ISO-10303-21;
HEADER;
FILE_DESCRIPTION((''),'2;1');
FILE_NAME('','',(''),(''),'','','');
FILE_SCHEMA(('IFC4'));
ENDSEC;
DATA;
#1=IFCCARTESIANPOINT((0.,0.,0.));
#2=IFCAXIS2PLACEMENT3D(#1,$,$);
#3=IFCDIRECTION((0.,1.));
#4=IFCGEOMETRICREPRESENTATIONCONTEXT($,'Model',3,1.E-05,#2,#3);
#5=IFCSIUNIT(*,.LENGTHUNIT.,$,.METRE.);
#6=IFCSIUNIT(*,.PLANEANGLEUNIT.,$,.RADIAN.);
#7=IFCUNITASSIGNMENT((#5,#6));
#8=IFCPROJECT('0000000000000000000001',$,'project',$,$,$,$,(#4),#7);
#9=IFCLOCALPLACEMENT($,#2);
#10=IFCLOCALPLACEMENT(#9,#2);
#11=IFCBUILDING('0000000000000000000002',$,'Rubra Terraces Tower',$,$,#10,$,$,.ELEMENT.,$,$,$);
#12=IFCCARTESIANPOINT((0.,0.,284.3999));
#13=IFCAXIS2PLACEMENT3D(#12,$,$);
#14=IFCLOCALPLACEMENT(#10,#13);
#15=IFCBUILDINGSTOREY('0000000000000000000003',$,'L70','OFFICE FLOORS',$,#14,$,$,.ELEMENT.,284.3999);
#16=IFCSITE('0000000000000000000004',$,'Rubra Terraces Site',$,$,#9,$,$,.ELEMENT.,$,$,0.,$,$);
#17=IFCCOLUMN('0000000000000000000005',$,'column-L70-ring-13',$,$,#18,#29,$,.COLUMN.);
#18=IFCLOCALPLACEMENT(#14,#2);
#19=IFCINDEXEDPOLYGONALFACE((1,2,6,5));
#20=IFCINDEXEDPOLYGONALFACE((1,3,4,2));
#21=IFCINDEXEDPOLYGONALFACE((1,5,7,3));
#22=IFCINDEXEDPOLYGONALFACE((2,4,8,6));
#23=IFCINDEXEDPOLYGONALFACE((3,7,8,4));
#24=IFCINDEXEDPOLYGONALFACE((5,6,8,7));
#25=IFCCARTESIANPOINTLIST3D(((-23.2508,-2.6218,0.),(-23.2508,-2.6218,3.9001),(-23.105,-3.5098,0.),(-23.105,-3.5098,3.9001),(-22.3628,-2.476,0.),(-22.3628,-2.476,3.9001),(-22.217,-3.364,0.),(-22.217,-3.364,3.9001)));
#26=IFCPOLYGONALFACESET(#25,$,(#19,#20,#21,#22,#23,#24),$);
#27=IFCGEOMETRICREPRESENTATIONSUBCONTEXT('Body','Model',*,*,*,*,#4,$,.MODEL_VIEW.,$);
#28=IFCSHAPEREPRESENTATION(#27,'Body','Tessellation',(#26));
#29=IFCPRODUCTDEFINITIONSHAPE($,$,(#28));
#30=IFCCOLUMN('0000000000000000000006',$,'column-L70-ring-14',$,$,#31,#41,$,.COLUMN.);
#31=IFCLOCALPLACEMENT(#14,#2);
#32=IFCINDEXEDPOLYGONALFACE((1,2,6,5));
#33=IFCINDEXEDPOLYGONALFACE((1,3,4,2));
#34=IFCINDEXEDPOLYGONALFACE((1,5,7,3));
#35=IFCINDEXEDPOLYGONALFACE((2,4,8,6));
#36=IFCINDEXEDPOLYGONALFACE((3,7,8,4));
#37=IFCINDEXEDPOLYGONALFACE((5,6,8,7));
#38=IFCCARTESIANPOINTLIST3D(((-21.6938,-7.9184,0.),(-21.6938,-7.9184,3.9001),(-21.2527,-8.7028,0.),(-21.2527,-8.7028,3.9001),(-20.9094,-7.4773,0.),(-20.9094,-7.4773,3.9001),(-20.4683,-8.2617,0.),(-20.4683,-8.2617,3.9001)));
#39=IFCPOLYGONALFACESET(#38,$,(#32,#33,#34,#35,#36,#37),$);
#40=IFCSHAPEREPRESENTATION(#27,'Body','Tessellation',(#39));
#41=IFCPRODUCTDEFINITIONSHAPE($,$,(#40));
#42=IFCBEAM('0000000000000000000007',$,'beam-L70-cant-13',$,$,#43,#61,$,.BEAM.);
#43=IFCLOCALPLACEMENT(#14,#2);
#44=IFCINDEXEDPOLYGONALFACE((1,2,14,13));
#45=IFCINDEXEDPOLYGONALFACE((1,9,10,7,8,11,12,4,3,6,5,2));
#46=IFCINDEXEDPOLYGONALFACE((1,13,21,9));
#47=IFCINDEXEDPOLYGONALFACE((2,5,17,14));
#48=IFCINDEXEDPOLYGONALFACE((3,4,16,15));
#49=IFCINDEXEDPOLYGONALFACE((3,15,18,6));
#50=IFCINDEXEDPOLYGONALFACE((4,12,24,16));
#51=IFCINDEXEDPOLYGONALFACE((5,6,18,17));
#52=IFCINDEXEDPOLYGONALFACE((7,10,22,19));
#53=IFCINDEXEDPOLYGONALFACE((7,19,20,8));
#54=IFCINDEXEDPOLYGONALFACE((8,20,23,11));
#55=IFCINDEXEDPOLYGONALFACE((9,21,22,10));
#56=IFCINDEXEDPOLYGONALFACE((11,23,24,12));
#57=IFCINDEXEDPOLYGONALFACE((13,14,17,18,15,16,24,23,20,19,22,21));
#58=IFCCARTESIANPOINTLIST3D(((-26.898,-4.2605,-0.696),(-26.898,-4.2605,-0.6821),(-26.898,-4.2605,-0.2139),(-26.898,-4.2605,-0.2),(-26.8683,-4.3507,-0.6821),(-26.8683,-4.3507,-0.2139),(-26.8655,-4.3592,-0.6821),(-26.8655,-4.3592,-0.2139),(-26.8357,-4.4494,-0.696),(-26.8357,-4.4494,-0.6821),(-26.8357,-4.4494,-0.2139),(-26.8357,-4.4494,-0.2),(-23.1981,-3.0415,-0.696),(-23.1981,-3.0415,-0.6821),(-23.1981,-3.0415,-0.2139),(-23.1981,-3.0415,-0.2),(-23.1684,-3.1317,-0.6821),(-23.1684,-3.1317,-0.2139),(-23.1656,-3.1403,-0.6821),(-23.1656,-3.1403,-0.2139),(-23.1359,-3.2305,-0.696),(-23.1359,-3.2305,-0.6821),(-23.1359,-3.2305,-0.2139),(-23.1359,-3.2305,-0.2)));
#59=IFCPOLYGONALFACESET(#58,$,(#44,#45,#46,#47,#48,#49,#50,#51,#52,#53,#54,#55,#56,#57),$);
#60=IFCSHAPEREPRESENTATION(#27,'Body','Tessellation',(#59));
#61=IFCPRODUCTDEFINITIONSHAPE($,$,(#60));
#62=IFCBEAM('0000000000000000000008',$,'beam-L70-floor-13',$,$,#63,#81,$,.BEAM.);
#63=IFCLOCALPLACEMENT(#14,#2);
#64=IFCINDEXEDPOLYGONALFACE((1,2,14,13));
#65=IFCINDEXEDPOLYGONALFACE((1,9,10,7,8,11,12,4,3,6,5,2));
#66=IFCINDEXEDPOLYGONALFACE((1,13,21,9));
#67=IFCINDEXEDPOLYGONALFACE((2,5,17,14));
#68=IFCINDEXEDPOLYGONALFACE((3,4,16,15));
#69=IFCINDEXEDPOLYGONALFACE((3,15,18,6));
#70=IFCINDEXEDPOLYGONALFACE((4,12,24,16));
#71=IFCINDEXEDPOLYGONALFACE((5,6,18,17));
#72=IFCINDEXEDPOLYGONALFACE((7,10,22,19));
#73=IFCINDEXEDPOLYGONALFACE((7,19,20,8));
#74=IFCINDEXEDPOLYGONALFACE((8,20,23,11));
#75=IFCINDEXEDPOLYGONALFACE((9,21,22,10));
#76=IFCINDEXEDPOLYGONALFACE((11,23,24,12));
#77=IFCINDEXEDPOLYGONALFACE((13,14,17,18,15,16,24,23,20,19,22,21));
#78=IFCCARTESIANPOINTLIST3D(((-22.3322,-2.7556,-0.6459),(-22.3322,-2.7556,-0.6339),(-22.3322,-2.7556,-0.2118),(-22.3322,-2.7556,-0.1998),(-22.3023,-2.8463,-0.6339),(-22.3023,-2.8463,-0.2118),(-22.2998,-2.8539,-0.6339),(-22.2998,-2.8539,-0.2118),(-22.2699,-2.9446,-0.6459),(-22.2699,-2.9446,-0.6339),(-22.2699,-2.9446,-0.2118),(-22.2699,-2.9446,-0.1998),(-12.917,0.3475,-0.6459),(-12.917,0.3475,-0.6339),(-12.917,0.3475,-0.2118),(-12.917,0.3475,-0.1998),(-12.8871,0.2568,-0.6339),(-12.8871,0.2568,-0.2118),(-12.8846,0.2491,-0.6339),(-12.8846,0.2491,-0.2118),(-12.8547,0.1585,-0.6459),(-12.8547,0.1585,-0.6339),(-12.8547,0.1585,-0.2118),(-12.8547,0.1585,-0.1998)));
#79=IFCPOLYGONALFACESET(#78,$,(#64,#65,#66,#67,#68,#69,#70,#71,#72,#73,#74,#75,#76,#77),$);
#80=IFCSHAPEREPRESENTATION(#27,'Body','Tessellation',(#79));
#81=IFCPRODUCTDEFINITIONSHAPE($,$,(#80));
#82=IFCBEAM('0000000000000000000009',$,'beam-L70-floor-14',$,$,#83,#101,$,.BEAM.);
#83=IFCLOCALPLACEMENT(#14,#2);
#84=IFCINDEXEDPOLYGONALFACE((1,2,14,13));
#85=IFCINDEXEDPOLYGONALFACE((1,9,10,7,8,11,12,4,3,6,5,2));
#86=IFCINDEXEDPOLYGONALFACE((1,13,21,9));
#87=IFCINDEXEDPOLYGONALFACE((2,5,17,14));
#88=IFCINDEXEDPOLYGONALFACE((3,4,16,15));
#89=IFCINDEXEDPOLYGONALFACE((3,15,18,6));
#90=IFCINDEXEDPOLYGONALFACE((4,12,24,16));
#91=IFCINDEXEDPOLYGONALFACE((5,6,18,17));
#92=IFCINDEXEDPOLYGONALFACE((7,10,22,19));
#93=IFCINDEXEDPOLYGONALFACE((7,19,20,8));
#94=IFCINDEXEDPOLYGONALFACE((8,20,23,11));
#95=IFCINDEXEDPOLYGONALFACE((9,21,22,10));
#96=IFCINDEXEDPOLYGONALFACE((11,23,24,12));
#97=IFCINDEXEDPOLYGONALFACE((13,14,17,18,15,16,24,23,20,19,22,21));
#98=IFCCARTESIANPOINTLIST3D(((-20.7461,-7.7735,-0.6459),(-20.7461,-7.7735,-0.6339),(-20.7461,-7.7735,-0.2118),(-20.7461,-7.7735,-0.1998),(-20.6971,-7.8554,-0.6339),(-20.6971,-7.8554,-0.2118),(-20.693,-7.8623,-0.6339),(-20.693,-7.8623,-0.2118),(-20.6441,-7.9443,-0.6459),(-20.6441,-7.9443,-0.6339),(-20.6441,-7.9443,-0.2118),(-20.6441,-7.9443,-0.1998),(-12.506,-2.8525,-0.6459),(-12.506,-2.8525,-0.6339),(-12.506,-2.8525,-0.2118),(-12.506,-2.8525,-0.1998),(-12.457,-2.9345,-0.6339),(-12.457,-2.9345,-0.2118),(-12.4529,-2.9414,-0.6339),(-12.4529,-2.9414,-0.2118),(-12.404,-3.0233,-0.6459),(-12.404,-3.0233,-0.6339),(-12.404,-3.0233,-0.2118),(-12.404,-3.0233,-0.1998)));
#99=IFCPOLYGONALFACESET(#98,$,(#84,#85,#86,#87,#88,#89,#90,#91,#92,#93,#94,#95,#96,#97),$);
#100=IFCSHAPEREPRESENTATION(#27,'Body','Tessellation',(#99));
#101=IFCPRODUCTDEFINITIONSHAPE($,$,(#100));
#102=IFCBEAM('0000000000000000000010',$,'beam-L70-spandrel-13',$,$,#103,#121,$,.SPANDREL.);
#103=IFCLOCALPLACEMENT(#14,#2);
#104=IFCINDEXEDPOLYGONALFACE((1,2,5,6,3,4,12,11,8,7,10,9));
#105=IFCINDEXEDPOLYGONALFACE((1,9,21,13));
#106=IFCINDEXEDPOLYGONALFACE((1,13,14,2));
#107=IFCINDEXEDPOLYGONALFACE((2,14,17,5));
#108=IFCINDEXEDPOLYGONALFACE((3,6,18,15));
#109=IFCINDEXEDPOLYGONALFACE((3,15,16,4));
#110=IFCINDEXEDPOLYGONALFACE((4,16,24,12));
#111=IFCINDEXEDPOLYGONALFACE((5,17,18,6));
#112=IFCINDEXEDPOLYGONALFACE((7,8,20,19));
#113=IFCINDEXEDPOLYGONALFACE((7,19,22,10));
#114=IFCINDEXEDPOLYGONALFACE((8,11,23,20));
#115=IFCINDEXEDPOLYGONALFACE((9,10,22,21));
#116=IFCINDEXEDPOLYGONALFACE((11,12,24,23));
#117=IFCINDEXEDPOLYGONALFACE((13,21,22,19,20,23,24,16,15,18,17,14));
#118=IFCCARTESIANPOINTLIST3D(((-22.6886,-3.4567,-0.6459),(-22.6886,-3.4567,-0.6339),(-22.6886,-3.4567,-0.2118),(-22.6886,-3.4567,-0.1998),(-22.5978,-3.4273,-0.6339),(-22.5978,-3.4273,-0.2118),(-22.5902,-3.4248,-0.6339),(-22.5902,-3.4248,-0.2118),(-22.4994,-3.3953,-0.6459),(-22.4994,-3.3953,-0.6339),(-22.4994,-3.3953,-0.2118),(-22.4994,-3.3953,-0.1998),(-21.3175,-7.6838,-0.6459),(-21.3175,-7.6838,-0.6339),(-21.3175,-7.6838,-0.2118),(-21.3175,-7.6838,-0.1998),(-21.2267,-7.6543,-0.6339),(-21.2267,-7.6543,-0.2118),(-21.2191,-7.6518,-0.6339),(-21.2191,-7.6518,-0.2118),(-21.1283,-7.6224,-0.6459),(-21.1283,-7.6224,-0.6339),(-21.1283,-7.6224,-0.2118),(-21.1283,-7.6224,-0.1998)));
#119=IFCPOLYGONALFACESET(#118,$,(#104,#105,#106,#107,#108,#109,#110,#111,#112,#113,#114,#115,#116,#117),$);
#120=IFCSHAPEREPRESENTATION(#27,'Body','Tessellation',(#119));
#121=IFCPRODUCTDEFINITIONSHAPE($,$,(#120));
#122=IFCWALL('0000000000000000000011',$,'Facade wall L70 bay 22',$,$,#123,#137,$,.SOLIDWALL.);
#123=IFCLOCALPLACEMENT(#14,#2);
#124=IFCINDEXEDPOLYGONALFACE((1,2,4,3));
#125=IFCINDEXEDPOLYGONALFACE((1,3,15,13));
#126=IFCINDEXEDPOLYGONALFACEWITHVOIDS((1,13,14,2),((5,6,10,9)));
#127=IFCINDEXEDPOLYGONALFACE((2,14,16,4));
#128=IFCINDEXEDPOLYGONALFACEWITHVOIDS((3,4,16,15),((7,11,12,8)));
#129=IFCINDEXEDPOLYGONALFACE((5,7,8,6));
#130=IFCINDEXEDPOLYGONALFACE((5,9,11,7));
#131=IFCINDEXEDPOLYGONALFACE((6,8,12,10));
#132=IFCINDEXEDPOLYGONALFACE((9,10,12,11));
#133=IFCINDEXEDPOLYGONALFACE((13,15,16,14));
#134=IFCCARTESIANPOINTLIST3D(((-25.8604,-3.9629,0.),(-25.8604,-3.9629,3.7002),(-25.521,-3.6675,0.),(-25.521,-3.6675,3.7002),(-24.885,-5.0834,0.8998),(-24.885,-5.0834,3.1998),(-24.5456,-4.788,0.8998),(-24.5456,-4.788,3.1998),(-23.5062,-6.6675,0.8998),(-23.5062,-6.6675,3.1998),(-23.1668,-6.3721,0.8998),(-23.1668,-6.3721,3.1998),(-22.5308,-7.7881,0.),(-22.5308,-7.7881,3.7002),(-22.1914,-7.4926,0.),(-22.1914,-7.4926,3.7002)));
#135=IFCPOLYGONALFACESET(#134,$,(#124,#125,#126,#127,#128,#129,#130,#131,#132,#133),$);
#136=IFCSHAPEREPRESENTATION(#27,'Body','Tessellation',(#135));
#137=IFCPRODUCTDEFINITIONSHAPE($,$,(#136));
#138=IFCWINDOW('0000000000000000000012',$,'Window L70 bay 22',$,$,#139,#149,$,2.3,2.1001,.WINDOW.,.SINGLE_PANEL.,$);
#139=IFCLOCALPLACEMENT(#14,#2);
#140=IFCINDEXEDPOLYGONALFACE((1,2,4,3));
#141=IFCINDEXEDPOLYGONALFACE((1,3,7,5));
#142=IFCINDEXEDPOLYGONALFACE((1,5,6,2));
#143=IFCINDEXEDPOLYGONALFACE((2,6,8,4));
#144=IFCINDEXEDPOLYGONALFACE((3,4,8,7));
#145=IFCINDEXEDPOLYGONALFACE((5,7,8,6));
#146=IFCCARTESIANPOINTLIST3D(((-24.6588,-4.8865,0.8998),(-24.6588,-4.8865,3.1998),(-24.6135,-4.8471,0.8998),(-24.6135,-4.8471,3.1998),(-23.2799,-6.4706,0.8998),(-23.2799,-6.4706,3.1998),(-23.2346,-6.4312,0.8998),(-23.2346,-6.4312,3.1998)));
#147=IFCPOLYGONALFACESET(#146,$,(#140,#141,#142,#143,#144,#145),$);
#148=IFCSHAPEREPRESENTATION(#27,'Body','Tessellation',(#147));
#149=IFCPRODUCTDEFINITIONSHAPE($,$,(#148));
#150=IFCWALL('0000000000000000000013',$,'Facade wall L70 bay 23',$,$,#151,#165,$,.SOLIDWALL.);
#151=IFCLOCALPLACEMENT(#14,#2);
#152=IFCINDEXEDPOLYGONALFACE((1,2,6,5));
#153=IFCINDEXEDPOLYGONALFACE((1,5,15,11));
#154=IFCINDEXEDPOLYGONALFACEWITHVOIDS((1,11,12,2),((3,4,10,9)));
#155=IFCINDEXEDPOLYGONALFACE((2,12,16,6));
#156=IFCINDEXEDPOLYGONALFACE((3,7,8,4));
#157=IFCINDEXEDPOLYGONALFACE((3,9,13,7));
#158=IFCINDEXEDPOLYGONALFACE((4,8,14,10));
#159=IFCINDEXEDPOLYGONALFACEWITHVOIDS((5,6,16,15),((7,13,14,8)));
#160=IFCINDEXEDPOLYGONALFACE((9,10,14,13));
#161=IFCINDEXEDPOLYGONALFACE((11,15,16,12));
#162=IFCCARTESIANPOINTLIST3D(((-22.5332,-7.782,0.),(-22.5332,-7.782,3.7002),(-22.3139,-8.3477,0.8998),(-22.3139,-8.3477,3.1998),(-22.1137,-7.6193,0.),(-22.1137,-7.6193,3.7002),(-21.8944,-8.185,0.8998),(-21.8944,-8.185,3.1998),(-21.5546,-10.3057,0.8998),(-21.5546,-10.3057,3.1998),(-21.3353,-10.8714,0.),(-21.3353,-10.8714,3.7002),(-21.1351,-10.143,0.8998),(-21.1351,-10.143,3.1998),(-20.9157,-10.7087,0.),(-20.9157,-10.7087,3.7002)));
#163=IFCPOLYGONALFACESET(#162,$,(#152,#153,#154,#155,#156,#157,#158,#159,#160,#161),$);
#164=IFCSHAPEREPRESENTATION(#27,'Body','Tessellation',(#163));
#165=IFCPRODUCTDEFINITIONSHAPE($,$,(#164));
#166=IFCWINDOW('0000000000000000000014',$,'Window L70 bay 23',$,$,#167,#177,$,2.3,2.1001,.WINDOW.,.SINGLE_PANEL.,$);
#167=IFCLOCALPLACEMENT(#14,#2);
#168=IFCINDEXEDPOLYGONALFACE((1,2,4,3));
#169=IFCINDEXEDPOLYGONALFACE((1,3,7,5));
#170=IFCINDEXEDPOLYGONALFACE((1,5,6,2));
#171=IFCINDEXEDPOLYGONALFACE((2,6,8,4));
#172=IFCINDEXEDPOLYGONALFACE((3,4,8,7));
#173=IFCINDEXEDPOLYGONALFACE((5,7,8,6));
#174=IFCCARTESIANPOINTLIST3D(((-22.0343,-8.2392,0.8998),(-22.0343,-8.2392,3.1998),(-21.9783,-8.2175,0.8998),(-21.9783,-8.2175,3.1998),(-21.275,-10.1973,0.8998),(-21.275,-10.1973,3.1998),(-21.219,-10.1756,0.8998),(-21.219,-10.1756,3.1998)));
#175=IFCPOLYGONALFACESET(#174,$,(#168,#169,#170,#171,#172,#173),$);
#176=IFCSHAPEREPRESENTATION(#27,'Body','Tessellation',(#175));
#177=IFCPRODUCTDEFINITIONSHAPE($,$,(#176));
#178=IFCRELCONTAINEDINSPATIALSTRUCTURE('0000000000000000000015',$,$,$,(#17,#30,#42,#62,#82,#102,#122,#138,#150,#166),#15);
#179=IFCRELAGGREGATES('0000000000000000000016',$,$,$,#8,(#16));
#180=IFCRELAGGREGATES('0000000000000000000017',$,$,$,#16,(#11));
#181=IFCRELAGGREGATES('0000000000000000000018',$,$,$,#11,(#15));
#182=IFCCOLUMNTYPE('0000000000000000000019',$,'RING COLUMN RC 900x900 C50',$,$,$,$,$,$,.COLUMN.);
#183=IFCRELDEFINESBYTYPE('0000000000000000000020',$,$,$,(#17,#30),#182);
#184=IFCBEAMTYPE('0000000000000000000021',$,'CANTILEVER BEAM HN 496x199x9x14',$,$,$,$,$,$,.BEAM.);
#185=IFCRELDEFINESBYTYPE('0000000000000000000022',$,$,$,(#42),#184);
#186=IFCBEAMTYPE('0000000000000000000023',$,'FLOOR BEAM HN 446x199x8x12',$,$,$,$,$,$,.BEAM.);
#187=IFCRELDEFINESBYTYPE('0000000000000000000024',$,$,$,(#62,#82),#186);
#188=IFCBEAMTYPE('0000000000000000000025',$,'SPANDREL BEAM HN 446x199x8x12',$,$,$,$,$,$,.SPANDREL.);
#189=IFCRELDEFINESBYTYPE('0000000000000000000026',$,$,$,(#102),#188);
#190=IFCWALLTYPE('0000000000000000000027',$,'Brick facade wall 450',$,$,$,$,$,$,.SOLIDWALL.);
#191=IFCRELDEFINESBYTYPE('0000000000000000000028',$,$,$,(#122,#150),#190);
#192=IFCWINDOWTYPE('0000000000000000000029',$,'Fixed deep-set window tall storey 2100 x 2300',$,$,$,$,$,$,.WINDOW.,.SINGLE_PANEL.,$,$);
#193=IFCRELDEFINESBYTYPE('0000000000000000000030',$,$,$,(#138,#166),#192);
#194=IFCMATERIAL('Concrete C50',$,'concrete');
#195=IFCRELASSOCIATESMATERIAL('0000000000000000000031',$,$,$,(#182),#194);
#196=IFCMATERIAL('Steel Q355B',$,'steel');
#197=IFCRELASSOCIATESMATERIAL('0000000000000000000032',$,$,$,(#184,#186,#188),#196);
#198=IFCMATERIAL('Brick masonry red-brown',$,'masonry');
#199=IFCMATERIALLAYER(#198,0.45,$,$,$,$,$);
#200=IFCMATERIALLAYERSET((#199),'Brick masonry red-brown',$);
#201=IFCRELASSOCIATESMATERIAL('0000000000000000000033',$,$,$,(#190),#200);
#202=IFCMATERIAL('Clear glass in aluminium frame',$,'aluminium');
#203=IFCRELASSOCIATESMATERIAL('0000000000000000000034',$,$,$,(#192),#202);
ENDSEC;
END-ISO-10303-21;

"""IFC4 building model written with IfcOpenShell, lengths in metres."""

from ifc_helpers import new_model, si_unit, direction, frame, frame_2d, origin, origin_2d, place, context, subcontext, project, spatial, rectangle, i_section, extrude, material, layer, layer_set, material_profile, profile_set, type_object, element, fill, save


model = new_model("IFC4")

# Units and contexts
model_context = context("Model", 3, precision=1e-05, world=origin(), true_north=direction((0.0, 1.0)))
body_context = subcontext(model_context, "Body", "Model", "MODEL_VIEW")
ifc_project = project(units=[si_unit("LENGTHUNIT", "METRE"), si_unit("PLANEANGLEUNIT", "RADIAN")], contexts=[model_context])

# Site, building, storey
site_placement = place(None, origin())
site = spatial("IfcSite", under=ifc_project, at=site_placement, Name="Rubra Terraces Site", CompositionType="ELEMENT", RefElevation=0.0)
building_placement = place(site_placement, origin())
building = spatial("IfcBuilding", under=site, at=building_placement, Name="Rubra Terraces Tower", CompositionType="ELEMENT")
storey_placement = place(building_placement, frame((0.0, 0.0, 284.3999)))
storey = spatial("IfcBuildingStorey", under=building, at=storey_placement, Name="L70", Description="OFFICE FLOORS", CompositionType="ELEMENT", Elevation=284.3999)

# Columns
ifc_material_1 = material(Name="Concrete C50", Category="concrete")
ifc_material_profile_1 = material_profile(ifc_material_1, rectangle(XDim=0.8999, YDim=0.8999, at=origin_2d()), Name="RC 900x900")
ifc_profile_set_1 = profile_set([ifc_material_profile_1], Name="Concrete C50")
column_type = type_object("IfcColumnType", Name="RING COLUMN RC 900x900 C50", PredefinedType="COLUMN", material=ifc_profile_set_1)
for number, where, z_axis, x_axis, name in (
    (1, (-22.7339, -2.9929, 0.0), (0.0, 0.0, 1.0), (0.162062, -0.986781, 0.0), "column-L70-ring-13"),
    (2, (-21.0811, -8.0901, 0.0), (0.0, 0.0, 1.0), (0.490162, -0.871631, 0.0), "column-L70-ring-14"),
):
    element("IfcColumn", number, at=place(storey_placement, frame(where, z_axis=z_axis, x_axis=x_axis)), inside=storey, type_object=column_type, Name=name, PredefinedType="COLUMN", context=body_context, shape_type="SweptSolid", body=[
        extrude(rectangle(XDim=0.8999, YDim=0.8999, at=origin_2d()), origin(), (0.0, 0.0, 1.0), 3.9001),
    ])

# Beams
ifc_material_2 = material(Name="Steel Q355B", Category="steel")
ifc_material_profile_2 = material_profile(ifc_material_2, i_section(OverallWidth=0.199, OverallDepth=0.4961, WebThickness=0.009, FlangeThickness=0.0139, at=origin_2d()), Name="HN 496x199x9x14")
ifc_profile_set_2 = profile_set([ifc_material_profile_2], Name="Steel Q355B")
beam_type_1 = type_object("IfcBeamType", Name="CANTILEVER BEAM HN 496x199x9x14", PredefinedType="BEAM", material=ifc_profile_set_2)
beam_1_placement = place(storey_placement, frame((-23.167, -3.136, -0.448), z_axis=(-0.949781, -0.312917, 0.0), x_axis=(0.312917, -0.949781, 0.0)))
element("IfcBeam", 3, at=beam_1_placement, inside=storey, type_object=beam_type_1, Name="beam-L70-cant-13", PredefinedType="BEAM", context=body_context, shape_type="SweptSolid", body=[
    extrude(i_section(OverallWidth=0.199, OverallDepth=0.4961, WebThickness=0.009, FlangeThickness=0.0139, at=origin_2d()), origin(), (0.0, 0.0, 1.0), 3.8955),
])
ifc_material_profile_3 = material_profile(ifc_material_2, i_section(OverallWidth=0.199, OverallDepth=0.446, WebThickness=0.0081, FlangeThickness=0.012, at=origin_2d()), Name="HN 446x199x8x12")
ifc_profile_set_3 = profile_set([ifc_material_profile_3], Name="Steel Q355B")
beam_type_2 = type_object("IfcBeamType", Name="FLOOR BEAM HN 446x199x8x12", PredefinedType="BEAM", material=ifc_profile_set_3)
beam_2_placement = place(storey_placement, frame((-22.301, -2.8501, -0.4229), z_axis=(0.949747, 0.313019, 0.0), x_axis=(-0.313019, 0.949747, 0.0)))
element("IfcBeam", 4, at=beam_2_placement, inside=storey, type_object=beam_type_2, Name="beam-L70-floor-13", PredefinedType="BEAM", context=body_context, shape_type="SweptSolid", body=[
    extrude(i_section(OverallWidth=0.199, OverallDepth=0.446, WebThickness=0.0081, FlangeThickness=0.012, at=origin_2d()), origin(), (0.0, 0.0, 1.0), 9.9133),
])
beam_3_placement = place(storey_placement, frame((-20.6951, -7.8589, -0.4229), z_axis=(0.858553, 0.512725, 0.0), x_axis=(-0.512725, 0.858553, 0.0)))
element("IfcBeam", 5, at=beam_3_placement, inside=storey, type_object=beam_type_2, Name="beam-L70-floor-14", PredefinedType="BEAM", context=body_context, shape_type="SweptSolid", body=[
    extrude(i_section(OverallWidth=0.199, OverallDepth=0.446, WebThickness=0.0081, FlangeThickness=0.012, at=origin_2d()), origin(), (0.0, 0.0, 1.0), 9.5977),
])
ifc_material_profile_4 = material_profile(ifc_material_2, i_section(OverallWidth=0.199, OverallDepth=0.446, WebThickness=0.0081, FlangeThickness=0.012, at=origin_2d()), Name="HN 446x199x8x12")
ifc_profile_set_4 = profile_set([ifc_material_profile_4], Name="Steel Q355B")
beam_type_3 = type_object("IfcBeamType", Name="SPANDREL BEAM HN 446x199x8x12", PredefinedType="SPANDREL", material=ifc_profile_set_4)
beam_4_placement = place(storey_placement, frame((-22.594, -3.426, -0.4229), z_axis=(0.308537, -0.951212, 0.0), x_axis=(0.951212, 0.308537, 0.0)))
element("IfcBeam", 6, at=beam_4_placement, inside=storey, type_object=beam_type_3, Name="beam-L70-spandrel-13", PredefinedType="SPANDREL", context=body_context, shape_type="SweptSolid", body=[
    extrude(i_section(OverallWidth=0.199, OverallDepth=0.446, WebThickness=0.0081, FlangeThickness=0.012, at=origin_2d()), origin(), (0.0, 0.0, 1.0), 4.4438),
])

# Walls, openings, windows
ifc_material_3 = material(Name="Brick masonry red-brown", Category="masonry")
ifc_layer_1 = layer(ifc_material_3, 0.45)
ifc_layer_set_1 = layer_set([ifc_layer_1], Name="Brick masonry red-brown")
wall_type_1 = type_object("IfcWallType", Name="Brick facade wall 450", PredefinedType="SOLIDWALL", material=ifc_layer_set_1)
wall_1_placement = place(storey_placement, frame((-25.6907, -3.8152, 0.0), z_axis=(0.0, 0.0, 1.0), x_axis=(0.656553, -0.75428, 0.0)))
wall_1 = element("IfcWall", 7, at=wall_1_placement, inside=storey, type_object=wall_type_1, Name="Facade wall L70 bay 22", PredefinedType="SOLIDWALL", context=body_context, shape_type="SweptSolid", body=[
    extrude(rectangle(XDim=5.0713, YDim=0.45, at=frame_2d((2.5356, 0.0))), origin(), (0.0, 0.0, 1.0), 3.7002),
])
opening_1_placement = place(wall_1_placement, frame((1.4856, 0.0, 0.8999)))
opening_1 = element("IfcOpeningElement", 8, at=opening_1_placement, cuts=wall_1, PredefinedType="OPENING", context=body_context, shape_type="SweptSolid", body=[
    extrude(rectangle(XDim=2.1001, YDim=2.3, at=frame_2d((1.05, 1.1499))), frame((0.0, 0.2349, 0.0), z_axis=(0.0, -1.0, 0.0), x_axis=(1.0, 0.0, 0.0)), (0.0, 0.0, 1.0), 0.47),
])
ifc_material_4 = material(Name="Clear glass in aluminium frame", Category="aluminium")
window_type = type_object("IfcWindowType", Name="Fixed deep-set window tall storey 2100 x 2300", PartitioningType="SINGLE_PANEL", PredefinedType="WINDOW", material=ifc_material_4)
window_1_placement = place(opening_1_placement, origin())
window_1 = element("IfcWindow", 9, at=window_1_placement, inside=storey, type_object=window_type, Name="Window L70 bay 22", OverallHeight=2.3, OverallWidth=2.1001, PartitioningType="SINGLE_PANEL", PredefinedType="WINDOW", context=body_context, shape_type="SweptSolid", body=[
    extrude(rectangle(XDim=2.1001, YDim=2.3, at=frame_2d((1.05, 1.1499))), frame((0.0, 0.135, 0.0), z_axis=(0.0, -1.0, 0.0), x_axis=(1.0, 0.0, 0.0)), (0.0, 0.0, 1.0), 0.0601),
])
fill(opening_1, window_1)
wall_2_placement = place(storey_placement, frame((-22.3235, -7.7007, 0.0), z_axis=(0.0, 0.0, 1.0), x_axis=(0.36155, -0.932353, 0.0)))
wall_2 = element("IfcWall", 10, at=wall_2_placement, inside=storey, type_object=wall_type_1, Name="Facade wall L70 bay 23", PredefinedType="SOLIDWALL", context=body_context, shape_type="SweptSolid", body=[
    extrude(rectangle(XDim=3.3135, YDim=0.45, at=frame_2d((1.6567, 0.0))), origin(), (0.0, 0.0, 1.0), 3.7002),
])
opening_2_placement = place(wall_2_placement, frame((0.6067, 0.0, 0.8999)))
opening_2 = element("IfcOpeningElement", 11, at=opening_2_placement, cuts=wall_2, PredefinedType="OPENING", context=body_context, shape_type="SweptSolid", body=[
    extrude(rectangle(XDim=2.1001, YDim=2.3, at=frame_2d((1.05, 1.1499))), frame((0.0, 0.2349, 0.0), z_axis=(0.0, -1.0, 0.0), x_axis=(1.0, 0.0, 0.0)), (0.0, 0.0, 1.0), 0.47),
])
window_2_placement = place(opening_2_placement, origin())
window_2 = element("IfcWindow", 12, at=window_2_placement, inside=storey, type_object=window_type, Name="Window L70 bay 23", OverallHeight=2.3, OverallWidth=2.1001, PartitioningType="SINGLE_PANEL", PredefinedType="WINDOW", context=body_context, shape_type="SweptSolid", body=[
    extrude(rectangle(XDim=2.1001, YDim=2.3, at=frame_2d((1.05, 1.1499))), frame((0.0, 0.135, 0.0), z_axis=(0.0, -1.0, 0.0), x_axis=(1.0, 0.0, 0.0)), (0.0, 0.0, 1.0), 0.0601),
])
fill(opening_2, window_2)

save(model, "model.ifc")
